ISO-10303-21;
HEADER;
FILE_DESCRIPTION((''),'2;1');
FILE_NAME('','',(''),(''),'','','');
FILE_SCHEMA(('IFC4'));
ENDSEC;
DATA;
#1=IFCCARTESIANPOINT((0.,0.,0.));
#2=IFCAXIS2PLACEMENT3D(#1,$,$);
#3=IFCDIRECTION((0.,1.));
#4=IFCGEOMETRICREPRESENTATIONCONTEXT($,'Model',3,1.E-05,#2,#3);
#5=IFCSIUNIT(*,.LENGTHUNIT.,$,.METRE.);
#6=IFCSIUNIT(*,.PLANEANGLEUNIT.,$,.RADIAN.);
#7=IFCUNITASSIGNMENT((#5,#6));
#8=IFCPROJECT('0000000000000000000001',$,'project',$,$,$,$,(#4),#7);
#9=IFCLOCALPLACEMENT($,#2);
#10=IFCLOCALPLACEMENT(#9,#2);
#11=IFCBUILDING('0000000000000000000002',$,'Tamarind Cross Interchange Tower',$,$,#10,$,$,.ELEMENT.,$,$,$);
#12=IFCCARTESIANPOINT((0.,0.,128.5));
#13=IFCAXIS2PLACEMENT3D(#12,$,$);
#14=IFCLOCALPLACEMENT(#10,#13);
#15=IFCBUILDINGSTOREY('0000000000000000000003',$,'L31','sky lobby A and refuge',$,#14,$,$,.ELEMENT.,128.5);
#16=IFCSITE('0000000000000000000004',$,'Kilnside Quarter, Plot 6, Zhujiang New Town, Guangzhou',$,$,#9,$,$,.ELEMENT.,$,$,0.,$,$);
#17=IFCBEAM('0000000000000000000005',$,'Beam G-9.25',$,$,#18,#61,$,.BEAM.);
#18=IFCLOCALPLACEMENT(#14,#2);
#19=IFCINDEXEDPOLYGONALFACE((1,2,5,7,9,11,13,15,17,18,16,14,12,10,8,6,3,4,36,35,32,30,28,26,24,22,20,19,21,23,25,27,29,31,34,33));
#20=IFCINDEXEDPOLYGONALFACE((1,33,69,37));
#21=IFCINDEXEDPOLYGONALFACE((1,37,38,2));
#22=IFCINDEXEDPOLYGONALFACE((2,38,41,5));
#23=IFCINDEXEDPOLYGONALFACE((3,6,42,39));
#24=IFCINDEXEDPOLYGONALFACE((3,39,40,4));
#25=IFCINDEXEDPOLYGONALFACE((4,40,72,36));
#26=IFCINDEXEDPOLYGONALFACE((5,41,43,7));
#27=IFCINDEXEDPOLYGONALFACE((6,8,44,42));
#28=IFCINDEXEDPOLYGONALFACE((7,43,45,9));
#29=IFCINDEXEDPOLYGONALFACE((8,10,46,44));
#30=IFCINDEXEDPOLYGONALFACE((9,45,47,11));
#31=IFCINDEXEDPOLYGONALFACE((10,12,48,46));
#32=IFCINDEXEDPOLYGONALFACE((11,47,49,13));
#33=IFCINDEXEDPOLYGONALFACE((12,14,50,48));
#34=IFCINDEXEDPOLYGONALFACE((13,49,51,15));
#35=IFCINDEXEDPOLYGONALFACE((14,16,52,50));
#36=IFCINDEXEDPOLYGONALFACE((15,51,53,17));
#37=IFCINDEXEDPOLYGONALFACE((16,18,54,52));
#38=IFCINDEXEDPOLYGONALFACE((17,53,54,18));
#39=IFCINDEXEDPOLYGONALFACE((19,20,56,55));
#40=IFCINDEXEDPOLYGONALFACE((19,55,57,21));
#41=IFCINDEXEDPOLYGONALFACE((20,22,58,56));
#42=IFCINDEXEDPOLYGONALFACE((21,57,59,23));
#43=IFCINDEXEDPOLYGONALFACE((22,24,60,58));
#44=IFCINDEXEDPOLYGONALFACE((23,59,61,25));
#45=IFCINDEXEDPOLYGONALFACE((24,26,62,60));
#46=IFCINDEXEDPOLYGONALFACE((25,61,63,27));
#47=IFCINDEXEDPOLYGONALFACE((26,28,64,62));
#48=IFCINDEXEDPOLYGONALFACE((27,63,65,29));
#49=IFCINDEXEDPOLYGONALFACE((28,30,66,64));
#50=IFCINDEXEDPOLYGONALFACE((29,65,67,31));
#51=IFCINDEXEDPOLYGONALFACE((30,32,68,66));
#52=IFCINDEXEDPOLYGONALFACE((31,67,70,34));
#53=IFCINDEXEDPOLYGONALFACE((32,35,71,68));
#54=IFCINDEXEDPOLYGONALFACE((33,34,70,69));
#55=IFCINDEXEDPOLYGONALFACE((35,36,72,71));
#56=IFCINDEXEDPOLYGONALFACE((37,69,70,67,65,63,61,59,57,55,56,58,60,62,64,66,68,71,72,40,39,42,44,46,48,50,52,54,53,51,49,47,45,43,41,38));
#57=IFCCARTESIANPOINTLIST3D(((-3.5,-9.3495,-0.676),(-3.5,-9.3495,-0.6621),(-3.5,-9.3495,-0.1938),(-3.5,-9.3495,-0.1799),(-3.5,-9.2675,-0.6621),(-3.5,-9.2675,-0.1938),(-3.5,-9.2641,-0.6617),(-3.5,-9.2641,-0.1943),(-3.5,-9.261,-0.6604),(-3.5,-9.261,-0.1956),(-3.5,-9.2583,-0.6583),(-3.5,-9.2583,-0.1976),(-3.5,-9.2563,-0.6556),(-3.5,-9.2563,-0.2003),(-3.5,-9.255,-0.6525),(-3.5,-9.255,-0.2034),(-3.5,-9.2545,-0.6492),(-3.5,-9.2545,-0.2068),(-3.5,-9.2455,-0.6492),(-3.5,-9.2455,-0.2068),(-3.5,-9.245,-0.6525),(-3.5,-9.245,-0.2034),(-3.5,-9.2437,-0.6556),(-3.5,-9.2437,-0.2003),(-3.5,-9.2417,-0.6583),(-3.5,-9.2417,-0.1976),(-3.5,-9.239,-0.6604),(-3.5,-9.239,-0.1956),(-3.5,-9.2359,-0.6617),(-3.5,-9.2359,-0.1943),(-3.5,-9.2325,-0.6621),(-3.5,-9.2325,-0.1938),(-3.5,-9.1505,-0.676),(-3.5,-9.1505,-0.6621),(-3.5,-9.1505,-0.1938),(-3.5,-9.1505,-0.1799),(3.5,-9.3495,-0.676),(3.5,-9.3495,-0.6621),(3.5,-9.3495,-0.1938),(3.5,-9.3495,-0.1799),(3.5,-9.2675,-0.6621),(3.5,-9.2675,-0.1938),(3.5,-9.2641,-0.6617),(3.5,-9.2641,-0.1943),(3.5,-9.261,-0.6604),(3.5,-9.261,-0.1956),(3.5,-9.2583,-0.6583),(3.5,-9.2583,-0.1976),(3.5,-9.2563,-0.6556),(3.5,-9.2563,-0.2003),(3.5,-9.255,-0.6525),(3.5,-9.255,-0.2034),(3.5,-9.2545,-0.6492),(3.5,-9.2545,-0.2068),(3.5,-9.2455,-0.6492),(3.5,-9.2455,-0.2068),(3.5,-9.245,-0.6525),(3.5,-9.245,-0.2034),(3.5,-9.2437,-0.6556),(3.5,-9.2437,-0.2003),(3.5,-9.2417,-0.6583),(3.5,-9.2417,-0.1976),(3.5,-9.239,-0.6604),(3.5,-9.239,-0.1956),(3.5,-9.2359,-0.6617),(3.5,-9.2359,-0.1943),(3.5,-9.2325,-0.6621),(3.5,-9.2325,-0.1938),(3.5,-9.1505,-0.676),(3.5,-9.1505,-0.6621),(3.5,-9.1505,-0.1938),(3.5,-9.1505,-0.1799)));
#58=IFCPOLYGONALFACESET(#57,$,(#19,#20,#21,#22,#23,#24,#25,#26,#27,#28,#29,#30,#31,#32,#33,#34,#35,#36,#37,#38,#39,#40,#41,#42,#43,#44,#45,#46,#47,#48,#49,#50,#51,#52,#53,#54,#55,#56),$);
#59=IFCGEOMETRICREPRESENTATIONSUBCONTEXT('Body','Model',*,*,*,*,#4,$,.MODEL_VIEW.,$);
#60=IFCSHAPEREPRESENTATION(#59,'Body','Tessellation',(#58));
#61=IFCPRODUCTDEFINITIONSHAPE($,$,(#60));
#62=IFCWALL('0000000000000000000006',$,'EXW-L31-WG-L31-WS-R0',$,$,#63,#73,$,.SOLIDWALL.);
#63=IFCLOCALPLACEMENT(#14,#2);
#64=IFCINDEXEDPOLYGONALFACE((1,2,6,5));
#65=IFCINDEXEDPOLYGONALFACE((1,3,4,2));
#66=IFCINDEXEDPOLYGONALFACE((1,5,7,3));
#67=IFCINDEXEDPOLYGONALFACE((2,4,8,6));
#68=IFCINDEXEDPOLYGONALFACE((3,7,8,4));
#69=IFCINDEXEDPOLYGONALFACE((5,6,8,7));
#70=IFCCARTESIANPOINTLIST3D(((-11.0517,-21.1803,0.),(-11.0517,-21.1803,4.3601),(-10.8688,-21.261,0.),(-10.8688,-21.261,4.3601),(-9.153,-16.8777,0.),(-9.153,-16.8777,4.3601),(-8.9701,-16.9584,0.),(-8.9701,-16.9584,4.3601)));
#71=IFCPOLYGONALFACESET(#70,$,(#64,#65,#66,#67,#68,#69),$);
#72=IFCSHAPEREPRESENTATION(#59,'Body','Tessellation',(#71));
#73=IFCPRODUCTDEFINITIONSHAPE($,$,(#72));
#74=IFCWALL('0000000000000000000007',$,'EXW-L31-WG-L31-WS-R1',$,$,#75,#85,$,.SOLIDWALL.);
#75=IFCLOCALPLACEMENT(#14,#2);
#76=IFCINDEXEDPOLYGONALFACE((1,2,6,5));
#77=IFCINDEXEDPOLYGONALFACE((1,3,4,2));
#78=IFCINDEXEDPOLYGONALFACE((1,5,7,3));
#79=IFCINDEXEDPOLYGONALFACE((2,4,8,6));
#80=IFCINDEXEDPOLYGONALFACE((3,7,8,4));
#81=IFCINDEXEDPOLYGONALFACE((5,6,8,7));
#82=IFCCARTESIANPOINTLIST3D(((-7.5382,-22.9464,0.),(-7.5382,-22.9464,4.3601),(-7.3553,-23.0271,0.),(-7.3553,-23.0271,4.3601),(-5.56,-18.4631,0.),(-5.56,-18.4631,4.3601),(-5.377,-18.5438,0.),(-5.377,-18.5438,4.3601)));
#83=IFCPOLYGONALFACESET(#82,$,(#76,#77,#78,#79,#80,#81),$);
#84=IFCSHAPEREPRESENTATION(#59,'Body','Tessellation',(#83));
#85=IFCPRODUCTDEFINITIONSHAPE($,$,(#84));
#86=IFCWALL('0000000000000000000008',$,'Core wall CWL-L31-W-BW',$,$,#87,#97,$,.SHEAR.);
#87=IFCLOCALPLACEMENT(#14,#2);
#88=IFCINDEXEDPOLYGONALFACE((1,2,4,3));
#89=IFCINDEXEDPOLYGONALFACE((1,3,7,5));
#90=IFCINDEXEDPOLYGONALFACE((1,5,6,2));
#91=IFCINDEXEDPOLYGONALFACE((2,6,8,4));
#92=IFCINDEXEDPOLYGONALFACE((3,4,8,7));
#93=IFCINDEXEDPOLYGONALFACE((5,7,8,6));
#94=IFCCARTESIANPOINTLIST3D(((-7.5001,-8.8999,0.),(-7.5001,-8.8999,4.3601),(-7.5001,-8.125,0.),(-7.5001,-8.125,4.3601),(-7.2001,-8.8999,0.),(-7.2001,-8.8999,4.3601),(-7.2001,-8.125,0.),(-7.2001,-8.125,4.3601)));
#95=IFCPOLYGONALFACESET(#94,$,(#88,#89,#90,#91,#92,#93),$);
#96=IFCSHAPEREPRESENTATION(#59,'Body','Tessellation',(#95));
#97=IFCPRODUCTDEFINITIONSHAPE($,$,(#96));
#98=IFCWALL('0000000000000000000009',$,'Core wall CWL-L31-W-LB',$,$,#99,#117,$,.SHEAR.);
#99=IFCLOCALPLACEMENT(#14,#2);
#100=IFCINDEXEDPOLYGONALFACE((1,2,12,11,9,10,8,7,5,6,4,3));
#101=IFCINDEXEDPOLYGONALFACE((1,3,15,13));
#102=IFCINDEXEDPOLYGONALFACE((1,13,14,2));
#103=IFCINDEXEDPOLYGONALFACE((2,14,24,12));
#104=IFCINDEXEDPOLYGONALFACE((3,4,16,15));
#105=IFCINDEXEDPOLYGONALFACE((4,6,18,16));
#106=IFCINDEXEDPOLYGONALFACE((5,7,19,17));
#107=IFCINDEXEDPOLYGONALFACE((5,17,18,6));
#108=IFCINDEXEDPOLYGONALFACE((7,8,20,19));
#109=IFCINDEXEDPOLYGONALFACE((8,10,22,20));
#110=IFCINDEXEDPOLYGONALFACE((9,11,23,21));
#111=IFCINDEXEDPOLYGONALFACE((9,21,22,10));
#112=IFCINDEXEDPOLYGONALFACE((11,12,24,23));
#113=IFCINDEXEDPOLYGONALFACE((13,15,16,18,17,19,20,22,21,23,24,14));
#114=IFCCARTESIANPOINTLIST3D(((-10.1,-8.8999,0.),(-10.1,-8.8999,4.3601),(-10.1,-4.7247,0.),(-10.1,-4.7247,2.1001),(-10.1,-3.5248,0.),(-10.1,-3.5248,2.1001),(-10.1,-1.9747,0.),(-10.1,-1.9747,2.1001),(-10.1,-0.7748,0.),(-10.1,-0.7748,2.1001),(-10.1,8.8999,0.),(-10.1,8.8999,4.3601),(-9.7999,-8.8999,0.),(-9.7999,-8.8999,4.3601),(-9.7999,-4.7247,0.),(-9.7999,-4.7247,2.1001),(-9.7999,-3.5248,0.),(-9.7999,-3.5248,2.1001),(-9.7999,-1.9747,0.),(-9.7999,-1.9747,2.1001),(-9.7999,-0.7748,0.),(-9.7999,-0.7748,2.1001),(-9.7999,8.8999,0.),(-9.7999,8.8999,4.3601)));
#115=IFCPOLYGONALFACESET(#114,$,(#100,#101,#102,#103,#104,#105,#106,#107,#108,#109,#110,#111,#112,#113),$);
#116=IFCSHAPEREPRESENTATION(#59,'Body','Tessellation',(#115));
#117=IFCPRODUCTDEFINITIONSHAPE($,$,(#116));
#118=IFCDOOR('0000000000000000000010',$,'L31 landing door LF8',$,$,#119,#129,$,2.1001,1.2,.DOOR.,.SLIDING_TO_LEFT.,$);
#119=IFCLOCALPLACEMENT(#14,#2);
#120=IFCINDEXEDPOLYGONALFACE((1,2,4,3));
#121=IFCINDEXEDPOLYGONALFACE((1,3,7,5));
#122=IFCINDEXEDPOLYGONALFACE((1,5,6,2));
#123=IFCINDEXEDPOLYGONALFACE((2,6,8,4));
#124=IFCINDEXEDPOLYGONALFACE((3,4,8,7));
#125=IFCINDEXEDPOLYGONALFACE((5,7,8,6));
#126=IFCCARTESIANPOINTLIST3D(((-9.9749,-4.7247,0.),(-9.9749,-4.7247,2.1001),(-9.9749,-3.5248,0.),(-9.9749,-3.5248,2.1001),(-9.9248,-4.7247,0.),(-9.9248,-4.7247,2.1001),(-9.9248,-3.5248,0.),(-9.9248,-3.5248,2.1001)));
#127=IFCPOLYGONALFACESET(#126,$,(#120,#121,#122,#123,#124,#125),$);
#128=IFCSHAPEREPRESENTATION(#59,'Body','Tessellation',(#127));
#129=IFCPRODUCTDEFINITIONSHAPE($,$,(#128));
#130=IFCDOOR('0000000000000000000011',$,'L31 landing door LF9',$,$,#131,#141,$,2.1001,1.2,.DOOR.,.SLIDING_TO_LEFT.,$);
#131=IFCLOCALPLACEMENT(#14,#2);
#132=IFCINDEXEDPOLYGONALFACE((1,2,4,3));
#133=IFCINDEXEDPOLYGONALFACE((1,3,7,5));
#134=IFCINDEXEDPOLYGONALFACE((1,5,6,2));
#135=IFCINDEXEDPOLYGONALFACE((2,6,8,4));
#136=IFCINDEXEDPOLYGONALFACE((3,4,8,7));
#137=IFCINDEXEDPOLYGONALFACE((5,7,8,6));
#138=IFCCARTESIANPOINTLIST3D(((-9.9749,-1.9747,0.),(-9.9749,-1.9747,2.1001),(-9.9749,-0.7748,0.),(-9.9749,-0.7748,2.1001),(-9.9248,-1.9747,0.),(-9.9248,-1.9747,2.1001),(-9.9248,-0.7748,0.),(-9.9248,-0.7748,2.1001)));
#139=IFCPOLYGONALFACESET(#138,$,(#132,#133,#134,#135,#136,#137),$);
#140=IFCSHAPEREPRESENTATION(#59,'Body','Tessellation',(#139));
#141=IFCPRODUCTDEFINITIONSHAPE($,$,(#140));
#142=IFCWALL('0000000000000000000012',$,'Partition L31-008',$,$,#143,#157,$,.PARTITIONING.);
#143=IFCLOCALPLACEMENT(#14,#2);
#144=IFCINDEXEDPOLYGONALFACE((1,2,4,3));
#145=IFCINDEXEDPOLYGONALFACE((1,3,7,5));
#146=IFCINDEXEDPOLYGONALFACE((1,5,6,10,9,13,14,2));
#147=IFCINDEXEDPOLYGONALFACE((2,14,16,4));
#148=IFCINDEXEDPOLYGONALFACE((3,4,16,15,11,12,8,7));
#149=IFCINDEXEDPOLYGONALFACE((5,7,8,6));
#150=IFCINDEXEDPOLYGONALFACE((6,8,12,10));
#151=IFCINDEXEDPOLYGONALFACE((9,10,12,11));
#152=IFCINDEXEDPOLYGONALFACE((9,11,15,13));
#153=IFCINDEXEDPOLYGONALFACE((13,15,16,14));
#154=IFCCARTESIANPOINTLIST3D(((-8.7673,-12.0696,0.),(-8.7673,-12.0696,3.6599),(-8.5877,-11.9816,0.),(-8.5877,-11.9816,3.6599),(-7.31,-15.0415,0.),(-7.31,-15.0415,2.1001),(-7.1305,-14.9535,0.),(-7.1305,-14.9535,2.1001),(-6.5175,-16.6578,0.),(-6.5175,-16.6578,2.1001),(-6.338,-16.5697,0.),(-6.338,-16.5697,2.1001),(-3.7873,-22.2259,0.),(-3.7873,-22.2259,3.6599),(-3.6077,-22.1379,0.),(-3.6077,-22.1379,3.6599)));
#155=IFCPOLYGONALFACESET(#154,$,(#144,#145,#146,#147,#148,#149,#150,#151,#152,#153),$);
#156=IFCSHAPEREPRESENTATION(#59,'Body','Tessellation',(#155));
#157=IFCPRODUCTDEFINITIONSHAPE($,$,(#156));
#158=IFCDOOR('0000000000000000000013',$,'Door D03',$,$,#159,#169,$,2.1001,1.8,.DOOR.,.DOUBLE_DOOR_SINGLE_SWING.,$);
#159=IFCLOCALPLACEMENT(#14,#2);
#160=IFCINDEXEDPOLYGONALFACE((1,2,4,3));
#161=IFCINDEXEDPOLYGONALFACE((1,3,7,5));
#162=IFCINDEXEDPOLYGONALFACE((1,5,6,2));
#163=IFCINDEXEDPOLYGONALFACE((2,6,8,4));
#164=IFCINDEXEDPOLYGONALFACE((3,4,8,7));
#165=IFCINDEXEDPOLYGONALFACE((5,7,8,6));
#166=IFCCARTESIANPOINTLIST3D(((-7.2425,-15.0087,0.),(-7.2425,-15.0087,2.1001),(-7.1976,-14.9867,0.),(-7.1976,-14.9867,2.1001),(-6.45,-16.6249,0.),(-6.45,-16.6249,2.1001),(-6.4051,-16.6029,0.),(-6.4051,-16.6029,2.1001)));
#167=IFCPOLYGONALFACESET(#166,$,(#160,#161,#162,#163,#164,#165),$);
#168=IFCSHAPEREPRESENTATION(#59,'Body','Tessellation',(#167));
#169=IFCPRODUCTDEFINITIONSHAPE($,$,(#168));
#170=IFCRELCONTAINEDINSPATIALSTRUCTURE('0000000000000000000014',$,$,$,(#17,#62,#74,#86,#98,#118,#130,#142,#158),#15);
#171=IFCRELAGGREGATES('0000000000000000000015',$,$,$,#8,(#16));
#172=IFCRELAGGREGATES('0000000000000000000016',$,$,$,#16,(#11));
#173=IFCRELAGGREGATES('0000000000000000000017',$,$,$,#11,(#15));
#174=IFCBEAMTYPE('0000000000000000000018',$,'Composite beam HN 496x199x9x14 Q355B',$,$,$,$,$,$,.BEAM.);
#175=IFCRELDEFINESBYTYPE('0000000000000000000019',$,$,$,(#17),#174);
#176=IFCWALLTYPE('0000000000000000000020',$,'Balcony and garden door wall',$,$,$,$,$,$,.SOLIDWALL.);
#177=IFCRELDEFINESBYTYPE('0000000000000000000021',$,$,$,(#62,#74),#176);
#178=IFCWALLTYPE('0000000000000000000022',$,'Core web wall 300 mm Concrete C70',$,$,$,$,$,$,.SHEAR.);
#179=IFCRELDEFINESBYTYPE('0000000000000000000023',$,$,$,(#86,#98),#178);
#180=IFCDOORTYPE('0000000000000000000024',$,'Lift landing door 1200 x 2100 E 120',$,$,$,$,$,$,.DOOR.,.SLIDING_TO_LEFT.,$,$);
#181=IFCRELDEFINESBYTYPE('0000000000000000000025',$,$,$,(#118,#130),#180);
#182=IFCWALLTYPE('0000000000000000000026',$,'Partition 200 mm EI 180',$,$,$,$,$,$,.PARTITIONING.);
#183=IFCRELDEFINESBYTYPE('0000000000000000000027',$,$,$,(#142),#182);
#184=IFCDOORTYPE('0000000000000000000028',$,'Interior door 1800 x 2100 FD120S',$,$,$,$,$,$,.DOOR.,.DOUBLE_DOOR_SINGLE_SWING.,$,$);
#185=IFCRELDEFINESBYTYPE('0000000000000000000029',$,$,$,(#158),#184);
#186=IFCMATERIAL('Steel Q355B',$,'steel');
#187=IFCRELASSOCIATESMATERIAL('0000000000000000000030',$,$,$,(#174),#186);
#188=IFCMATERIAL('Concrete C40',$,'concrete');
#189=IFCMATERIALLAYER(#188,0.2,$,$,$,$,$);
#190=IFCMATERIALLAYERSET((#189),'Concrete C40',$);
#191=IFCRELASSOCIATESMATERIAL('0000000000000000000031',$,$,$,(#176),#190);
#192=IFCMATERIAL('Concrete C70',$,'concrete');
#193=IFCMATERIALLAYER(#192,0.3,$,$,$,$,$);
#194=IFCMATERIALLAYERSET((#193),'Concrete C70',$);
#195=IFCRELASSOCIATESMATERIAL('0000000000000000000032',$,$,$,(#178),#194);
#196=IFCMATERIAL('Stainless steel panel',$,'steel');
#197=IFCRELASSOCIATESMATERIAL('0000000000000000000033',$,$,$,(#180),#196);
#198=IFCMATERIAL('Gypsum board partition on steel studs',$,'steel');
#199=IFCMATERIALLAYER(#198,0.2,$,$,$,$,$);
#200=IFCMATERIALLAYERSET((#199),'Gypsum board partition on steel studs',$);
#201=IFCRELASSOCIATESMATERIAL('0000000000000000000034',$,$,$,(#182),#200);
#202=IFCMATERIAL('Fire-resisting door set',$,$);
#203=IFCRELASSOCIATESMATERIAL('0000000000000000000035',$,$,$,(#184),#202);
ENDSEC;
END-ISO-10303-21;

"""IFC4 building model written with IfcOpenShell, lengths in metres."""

from ifc_helpers import new_model, si_unit, direction, frame, frame_2d, origin, origin_2d, place, context, subcontext, project, spatial, rectangle, i_section, extrude, material, layer, layer_set, material_profile, profile_set, type_object, element, fill, save


model = new_model("IFC4")

# Units and contexts
model_context = context("Model", 3, precision=1e-05, world=origin(), true_north=direction((0.0, 1.0)))
body_context = subcontext(model_context, "Body", "Model", "MODEL_VIEW")
ifc_project = project(units=[si_unit("LENGTHUNIT", "METRE"), si_unit("PLANEANGLEUNIT", "RADIAN")], contexts=[model_context])

# Site, building, storey
site_placement = place(None, origin())
site = spatial("IfcSite", under=ifc_project, at=site_placement, Name="Kilnside Quarter, Plot 6, Zhujiang New Town, Guangzhou", CompositionType="ELEMENT", RefElevation=0.0)
building_placement = place(site_placement, origin())
building = spatial("IfcBuilding", under=site, at=building_placement, Name="Tamarind Cross Interchange Tower", CompositionType="ELEMENT")
storey_placement = place(building_placement, frame((0.0, 0.0, 128.5)))
storey = spatial("IfcBuildingStorey", under=building, at=storey_placement, Name="L31", Description="sky lobby A and refuge", CompositionType="ELEMENT", Elevation=128.5)

# Beam
ifc_material_1 = material(Name="Steel Q355B", Category="steel")
ifc_material_profile = material_profile(ifc_material_1, i_section(OverallWidth=0.199, OverallDepth=0.4961, WebThickness=0.009, FlangeThickness=0.0139, FilletRadius=0.0129, at=origin_2d()), Name="HN 496x199x9x14")
ifc_profile_set = profile_set([ifc_material_profile], Name="Steel Q355B")
beam_type = type_object("IfcBeamType", Name="Composite beam HN 496x199x9x14 Q355B", PredefinedType="BEAM", material=ifc_profile_set)
beam_placement = place(storey_placement, frame((-3.5, -9.25, -0.428), z_axis=(1.0, 0.0, 0.0), x_axis=(0.0, 1.0, 0.0)))
element("IfcBeam", 1, at=beam_placement, inside=storey, type_object=beam_type, Name="Beam G-9.25", PredefinedType="BEAM", context=body_context, shape_type="SweptSolid", body=[
    extrude(i_section(OverallWidth=0.199, OverallDepth=0.4961, WebThickness=0.009, FlangeThickness=0.0139, FilletRadius=0.0129, at=origin_2d()), origin(), (0.0, 0.0, 1.0), 7.0),
])

# Shared definitions
ifc_material_2 = material(Name="Concrete C40", Category="concrete")
ifc_layer_1 = layer(ifc_material_2, 0.2)
ifc_layer_set_1 = layer_set([ifc_layer_1], Name="Concrete C40")
wall_type_1 = type_object("IfcWallType", Name="Balcony and garden door wall", PredefinedType="SOLIDWALL", material=ifc_layer_set_1)

# Walls
wall_1_placement = place(storey_placement, frame((-9.0615, -16.918, 0.0), z_axis=(0.0, 0.0, 1.0), x_axis=(-0.403734, -0.914877, 0.0)))
element("IfcWall", 2, at=wall_1_placement, inside=storey, type_object=wall_type_1, Name="EXW-L31-WG-L31-WS-R0", PredefinedType="SOLIDWALL", context=body_context, shape_type="SweptSolid", body=[
    extrude(rectangle(XDim=4.7029, YDim=0.2, at=frame_2d((2.3516, 0.0))), origin(), (0.0, 0.0, 1.0), 4.3601),
])
wall_2_placement = place(storey_placement, frame((-5.4685, -18.5034, 0.0), z_axis=(0.0, 0.0, 1.0), x_axis=(-0.403692, -0.914895, 0.0)))
element("IfcWall", 3, at=wall_2_placement, inside=storey, type_object=wall_type_1, Name="EXW-L31-WG-L31-WS-R1", PredefinedType="SOLIDWALL", context=body_context, shape_type="SweptSolid", body=[
    extrude(rectangle(XDim=4.9004, YDim=0.2, at=frame_2d((2.4502, 0.0))), origin(), (0.0, 0.0, 1.0), 4.3601),
])
ifc_material_3 = material(Name="Concrete C70", Category="concrete")
ifc_layer_2 = layer(ifc_material_3, 0.3)
ifc_layer_set_2 = layer_set([ifc_layer_2], Name="Concrete C70")
wall_type_2 = type_object("IfcWallType", Name="Core web wall 300 mm Concrete C70", PredefinedType="SHEAR", material=ifc_layer_set_2)
wall_3_placement = place(storey_placement, frame((-7.3501, -8.8999, 0.0), z_axis=(0.0, 0.0, 1.0), x_axis=(0.0, 1.0, 0.0)))
element("IfcWall", 4, at=wall_3_placement, inside=storey, type_object=wall_type_2, Name="Core wall CWL-L31-W-BW", PredefinedType="SHEAR", context=body_context, shape_type="SweptSolid", body=[
    extrude(rectangle(XDim=0.7749, YDim=0.3, at=frame_2d((0.3875, 0.0))), origin(), (0.0, 0.0, 1.0), 4.3601),
])

# Wall, openings, doors
wall_4_placement = place(storey_placement, frame((-9.95, -8.8999, 0.0), z_axis=(0.0, 0.0, 1.0), x_axis=(0.0, 1.0, 0.0)))
wall_4 = element("IfcWall", 5, at=wall_4_placement, inside=storey, type_object=wall_type_2, Name="Core wall CWL-L31-W-LB", PredefinedType="SHEAR", context=body_context, shape_type="SweptSolid", body=[
    extrude(rectangle(XDim=17.7998, YDim=0.3, at=frame_2d((8.8999, 0.0))), origin(), (0.0, 0.0, 1.0), 4.3601),
])
opening_1_placement = place(wall_4_placement, frame((4.175, 0.0, 0.0)))
opening_1 = element("IfcOpeningElement", 6, at=opening_1_placement, cuts=wall_4, PredefinedType="OPENING", context=body_context, shape_type="SweptSolid", body=[
    extrude(rectangle(XDim=1.2, YDim=2.1001, at=frame_2d((0.6001, 1.05))), frame((0.0, 0.1599, 0.0), z_axis=(0.0, -1.0, 0.0), x_axis=(1.0, 0.0, 0.0)), (0.0, 0.0, 1.0), 0.3201),
])
opening_2_placement = place(wall_4_placement, frame((6.925, 0.0, 0.0)))
opening_2 = element("IfcOpeningElement", 7, at=opening_2_placement, cuts=wall_4, PredefinedType="OPENING", context=body_context, shape_type="SweptSolid", body=[
    extrude(rectangle(XDim=1.2, YDim=2.1001, at=frame_2d((0.6001, 1.05))), frame((0.0, 0.1599, 0.0), z_axis=(0.0, -1.0, 0.0), x_axis=(1.0, 0.0, 0.0)), (0.0, 0.0, 1.0), 0.3201),
])
ifc_material_4 = material(Name="Stainless steel panel", Category="steel")
door_type_1 = type_object("IfcDoorType", Name="Lift landing door 1200 x 2100 E 120", OperationType="SLIDING_TO_LEFT", PredefinedType="DOOR", material=ifc_material_4)
door_1_placement = place(opening_1_placement, origin())
door_1 = element("IfcDoor", 8, at=door_1_placement, inside=storey, type_object=door_type_1, Name="L31 landing door LF8", OperationType="SLIDING_TO_LEFT", OverallHeight=2.1001, OverallWidth=1.2, PredefinedType="DOOR", context=body_context, shape_type="SweptSolid", body=[
    extrude(rectangle(XDim=1.2, YDim=2.1001, at=frame_2d((0.6001, 1.05))), frame((0.0, 0.0249, 0.0), z_axis=(0.0, -1.0, 0.0), x_axis=(1.0, 0.0, 0.0)), (0.0, 0.0, 1.0), 0.05),
])
fill(opening_1, door_1)
door_2_placement = place(opening_2_placement, origin())
door_2 = element("IfcDoor", 9, at=door_2_placement, inside=storey, type_object=door_type_1, Name="L31 landing door LF9", OperationType="SLIDING_TO_LEFT", OverallHeight=2.1001, OverallWidth=1.2, PredefinedType="DOOR", context=body_context, shape_type="SweptSolid", body=[
    extrude(rectangle(XDim=1.2, YDim=2.1001, at=frame_2d((0.6001, 1.05))), frame((0.0, 0.0249, 0.0), z_axis=(0.0, -1.0, 0.0), x_axis=(1.0, 0.0, 0.0)), (0.0, 0.0, 1.0), 0.05),
])
fill(opening_2, door_2)

# Wall, opening, door
ifc_material_5 = material(Name="Gypsum board partition on steel studs", Category="steel")
ifc_layer_3 = layer(ifc_material_5, 0.2)
ifc_layer_set_3 = layer_set([ifc_layer_3], Name="Gypsum board partition on steel studs")
wall_type_3 = type_object("IfcWallType", Name="Partition 200 mm EI 180", PredefinedType="PARTITIONING", material=ifc_layer_set_3)
wall_5_placement = place(storey_placement, frame((-8.6775, -12.0256, 0.0), z_axis=(0.0, 0.0, 1.0), x_axis=(0.440259, -0.897871, 0.0)))
wall_5 = element("IfcWall", 10, at=wall_5_placement, inside=storey, type_object=wall_type_3, Name="Partition L31-008", PredefinedType="PARTITIONING", context=body_context, shape_type="SweptSolid", body=[
    extrude(rectangle(XDim=11.3115, YDim=0.2, at=frame_2d((5.6558, 0.0))), origin(), (0.0, 0.0, 1.0), 3.6599),
])
opening_3_placement = place(wall_5_placement, frame((3.3101, 0.0, 0.0)))
opening_3 = element("IfcOpeningElement", 11, at=opening_3_placement, cuts=wall_5, PredefinedType="OPENING", context=body_context, shape_type="SweptSolid", body=[
    extrude(rectangle(XDim=1.8, YDim=2.1001, at=frame_2d((0.8999, 1.05))), frame((0.0, 0.1099, 0.0), z_axis=(0.0, -1.0, 0.0), x_axis=(1.0, 0.0, 0.0)), (0.0, 0.0, 1.0), 0.22),
])
ifc_material_6 = material(Name="Fire-resisting door set")
door_type_2 = type_object("IfcDoorType", Name="Interior door 1800 x 2100 FD120S", OperationType="DOUBLE_DOOR_SINGLE_SWING", PredefinedType="DOOR", material=ifc_material_6)
door_3_placement = place(opening_3_placement, frame((1.8, 0.0, 0.0), z_axis=(0.0, 0.0, 1.0), x_axis=(-1.0, 0.0, 0.0)))
door_3 = element("IfcDoor", 12, at=door_3_placement, inside=storey, type_object=door_type_2, Name="Door D03", OperationType="DOUBLE_DOOR_SINGLE_SWING", OverallHeight=2.1001, OverallWidth=1.8, PredefinedType="DOOR", context=body_context, shape_type="SweptSolid", body=[
    extrude(rectangle(XDim=1.8, YDim=2.1001, at=frame_2d((0.8999, 1.05))), frame((0.0, 0.0249, 0.0), z_axis=(0.0, -1.0, 0.0), x_axis=(1.0, 0.0, 0.0)), (0.0, 0.0, 1.0), 0.05),
])
fill(opening_3, door_3)

save(model, "model.ifc")
